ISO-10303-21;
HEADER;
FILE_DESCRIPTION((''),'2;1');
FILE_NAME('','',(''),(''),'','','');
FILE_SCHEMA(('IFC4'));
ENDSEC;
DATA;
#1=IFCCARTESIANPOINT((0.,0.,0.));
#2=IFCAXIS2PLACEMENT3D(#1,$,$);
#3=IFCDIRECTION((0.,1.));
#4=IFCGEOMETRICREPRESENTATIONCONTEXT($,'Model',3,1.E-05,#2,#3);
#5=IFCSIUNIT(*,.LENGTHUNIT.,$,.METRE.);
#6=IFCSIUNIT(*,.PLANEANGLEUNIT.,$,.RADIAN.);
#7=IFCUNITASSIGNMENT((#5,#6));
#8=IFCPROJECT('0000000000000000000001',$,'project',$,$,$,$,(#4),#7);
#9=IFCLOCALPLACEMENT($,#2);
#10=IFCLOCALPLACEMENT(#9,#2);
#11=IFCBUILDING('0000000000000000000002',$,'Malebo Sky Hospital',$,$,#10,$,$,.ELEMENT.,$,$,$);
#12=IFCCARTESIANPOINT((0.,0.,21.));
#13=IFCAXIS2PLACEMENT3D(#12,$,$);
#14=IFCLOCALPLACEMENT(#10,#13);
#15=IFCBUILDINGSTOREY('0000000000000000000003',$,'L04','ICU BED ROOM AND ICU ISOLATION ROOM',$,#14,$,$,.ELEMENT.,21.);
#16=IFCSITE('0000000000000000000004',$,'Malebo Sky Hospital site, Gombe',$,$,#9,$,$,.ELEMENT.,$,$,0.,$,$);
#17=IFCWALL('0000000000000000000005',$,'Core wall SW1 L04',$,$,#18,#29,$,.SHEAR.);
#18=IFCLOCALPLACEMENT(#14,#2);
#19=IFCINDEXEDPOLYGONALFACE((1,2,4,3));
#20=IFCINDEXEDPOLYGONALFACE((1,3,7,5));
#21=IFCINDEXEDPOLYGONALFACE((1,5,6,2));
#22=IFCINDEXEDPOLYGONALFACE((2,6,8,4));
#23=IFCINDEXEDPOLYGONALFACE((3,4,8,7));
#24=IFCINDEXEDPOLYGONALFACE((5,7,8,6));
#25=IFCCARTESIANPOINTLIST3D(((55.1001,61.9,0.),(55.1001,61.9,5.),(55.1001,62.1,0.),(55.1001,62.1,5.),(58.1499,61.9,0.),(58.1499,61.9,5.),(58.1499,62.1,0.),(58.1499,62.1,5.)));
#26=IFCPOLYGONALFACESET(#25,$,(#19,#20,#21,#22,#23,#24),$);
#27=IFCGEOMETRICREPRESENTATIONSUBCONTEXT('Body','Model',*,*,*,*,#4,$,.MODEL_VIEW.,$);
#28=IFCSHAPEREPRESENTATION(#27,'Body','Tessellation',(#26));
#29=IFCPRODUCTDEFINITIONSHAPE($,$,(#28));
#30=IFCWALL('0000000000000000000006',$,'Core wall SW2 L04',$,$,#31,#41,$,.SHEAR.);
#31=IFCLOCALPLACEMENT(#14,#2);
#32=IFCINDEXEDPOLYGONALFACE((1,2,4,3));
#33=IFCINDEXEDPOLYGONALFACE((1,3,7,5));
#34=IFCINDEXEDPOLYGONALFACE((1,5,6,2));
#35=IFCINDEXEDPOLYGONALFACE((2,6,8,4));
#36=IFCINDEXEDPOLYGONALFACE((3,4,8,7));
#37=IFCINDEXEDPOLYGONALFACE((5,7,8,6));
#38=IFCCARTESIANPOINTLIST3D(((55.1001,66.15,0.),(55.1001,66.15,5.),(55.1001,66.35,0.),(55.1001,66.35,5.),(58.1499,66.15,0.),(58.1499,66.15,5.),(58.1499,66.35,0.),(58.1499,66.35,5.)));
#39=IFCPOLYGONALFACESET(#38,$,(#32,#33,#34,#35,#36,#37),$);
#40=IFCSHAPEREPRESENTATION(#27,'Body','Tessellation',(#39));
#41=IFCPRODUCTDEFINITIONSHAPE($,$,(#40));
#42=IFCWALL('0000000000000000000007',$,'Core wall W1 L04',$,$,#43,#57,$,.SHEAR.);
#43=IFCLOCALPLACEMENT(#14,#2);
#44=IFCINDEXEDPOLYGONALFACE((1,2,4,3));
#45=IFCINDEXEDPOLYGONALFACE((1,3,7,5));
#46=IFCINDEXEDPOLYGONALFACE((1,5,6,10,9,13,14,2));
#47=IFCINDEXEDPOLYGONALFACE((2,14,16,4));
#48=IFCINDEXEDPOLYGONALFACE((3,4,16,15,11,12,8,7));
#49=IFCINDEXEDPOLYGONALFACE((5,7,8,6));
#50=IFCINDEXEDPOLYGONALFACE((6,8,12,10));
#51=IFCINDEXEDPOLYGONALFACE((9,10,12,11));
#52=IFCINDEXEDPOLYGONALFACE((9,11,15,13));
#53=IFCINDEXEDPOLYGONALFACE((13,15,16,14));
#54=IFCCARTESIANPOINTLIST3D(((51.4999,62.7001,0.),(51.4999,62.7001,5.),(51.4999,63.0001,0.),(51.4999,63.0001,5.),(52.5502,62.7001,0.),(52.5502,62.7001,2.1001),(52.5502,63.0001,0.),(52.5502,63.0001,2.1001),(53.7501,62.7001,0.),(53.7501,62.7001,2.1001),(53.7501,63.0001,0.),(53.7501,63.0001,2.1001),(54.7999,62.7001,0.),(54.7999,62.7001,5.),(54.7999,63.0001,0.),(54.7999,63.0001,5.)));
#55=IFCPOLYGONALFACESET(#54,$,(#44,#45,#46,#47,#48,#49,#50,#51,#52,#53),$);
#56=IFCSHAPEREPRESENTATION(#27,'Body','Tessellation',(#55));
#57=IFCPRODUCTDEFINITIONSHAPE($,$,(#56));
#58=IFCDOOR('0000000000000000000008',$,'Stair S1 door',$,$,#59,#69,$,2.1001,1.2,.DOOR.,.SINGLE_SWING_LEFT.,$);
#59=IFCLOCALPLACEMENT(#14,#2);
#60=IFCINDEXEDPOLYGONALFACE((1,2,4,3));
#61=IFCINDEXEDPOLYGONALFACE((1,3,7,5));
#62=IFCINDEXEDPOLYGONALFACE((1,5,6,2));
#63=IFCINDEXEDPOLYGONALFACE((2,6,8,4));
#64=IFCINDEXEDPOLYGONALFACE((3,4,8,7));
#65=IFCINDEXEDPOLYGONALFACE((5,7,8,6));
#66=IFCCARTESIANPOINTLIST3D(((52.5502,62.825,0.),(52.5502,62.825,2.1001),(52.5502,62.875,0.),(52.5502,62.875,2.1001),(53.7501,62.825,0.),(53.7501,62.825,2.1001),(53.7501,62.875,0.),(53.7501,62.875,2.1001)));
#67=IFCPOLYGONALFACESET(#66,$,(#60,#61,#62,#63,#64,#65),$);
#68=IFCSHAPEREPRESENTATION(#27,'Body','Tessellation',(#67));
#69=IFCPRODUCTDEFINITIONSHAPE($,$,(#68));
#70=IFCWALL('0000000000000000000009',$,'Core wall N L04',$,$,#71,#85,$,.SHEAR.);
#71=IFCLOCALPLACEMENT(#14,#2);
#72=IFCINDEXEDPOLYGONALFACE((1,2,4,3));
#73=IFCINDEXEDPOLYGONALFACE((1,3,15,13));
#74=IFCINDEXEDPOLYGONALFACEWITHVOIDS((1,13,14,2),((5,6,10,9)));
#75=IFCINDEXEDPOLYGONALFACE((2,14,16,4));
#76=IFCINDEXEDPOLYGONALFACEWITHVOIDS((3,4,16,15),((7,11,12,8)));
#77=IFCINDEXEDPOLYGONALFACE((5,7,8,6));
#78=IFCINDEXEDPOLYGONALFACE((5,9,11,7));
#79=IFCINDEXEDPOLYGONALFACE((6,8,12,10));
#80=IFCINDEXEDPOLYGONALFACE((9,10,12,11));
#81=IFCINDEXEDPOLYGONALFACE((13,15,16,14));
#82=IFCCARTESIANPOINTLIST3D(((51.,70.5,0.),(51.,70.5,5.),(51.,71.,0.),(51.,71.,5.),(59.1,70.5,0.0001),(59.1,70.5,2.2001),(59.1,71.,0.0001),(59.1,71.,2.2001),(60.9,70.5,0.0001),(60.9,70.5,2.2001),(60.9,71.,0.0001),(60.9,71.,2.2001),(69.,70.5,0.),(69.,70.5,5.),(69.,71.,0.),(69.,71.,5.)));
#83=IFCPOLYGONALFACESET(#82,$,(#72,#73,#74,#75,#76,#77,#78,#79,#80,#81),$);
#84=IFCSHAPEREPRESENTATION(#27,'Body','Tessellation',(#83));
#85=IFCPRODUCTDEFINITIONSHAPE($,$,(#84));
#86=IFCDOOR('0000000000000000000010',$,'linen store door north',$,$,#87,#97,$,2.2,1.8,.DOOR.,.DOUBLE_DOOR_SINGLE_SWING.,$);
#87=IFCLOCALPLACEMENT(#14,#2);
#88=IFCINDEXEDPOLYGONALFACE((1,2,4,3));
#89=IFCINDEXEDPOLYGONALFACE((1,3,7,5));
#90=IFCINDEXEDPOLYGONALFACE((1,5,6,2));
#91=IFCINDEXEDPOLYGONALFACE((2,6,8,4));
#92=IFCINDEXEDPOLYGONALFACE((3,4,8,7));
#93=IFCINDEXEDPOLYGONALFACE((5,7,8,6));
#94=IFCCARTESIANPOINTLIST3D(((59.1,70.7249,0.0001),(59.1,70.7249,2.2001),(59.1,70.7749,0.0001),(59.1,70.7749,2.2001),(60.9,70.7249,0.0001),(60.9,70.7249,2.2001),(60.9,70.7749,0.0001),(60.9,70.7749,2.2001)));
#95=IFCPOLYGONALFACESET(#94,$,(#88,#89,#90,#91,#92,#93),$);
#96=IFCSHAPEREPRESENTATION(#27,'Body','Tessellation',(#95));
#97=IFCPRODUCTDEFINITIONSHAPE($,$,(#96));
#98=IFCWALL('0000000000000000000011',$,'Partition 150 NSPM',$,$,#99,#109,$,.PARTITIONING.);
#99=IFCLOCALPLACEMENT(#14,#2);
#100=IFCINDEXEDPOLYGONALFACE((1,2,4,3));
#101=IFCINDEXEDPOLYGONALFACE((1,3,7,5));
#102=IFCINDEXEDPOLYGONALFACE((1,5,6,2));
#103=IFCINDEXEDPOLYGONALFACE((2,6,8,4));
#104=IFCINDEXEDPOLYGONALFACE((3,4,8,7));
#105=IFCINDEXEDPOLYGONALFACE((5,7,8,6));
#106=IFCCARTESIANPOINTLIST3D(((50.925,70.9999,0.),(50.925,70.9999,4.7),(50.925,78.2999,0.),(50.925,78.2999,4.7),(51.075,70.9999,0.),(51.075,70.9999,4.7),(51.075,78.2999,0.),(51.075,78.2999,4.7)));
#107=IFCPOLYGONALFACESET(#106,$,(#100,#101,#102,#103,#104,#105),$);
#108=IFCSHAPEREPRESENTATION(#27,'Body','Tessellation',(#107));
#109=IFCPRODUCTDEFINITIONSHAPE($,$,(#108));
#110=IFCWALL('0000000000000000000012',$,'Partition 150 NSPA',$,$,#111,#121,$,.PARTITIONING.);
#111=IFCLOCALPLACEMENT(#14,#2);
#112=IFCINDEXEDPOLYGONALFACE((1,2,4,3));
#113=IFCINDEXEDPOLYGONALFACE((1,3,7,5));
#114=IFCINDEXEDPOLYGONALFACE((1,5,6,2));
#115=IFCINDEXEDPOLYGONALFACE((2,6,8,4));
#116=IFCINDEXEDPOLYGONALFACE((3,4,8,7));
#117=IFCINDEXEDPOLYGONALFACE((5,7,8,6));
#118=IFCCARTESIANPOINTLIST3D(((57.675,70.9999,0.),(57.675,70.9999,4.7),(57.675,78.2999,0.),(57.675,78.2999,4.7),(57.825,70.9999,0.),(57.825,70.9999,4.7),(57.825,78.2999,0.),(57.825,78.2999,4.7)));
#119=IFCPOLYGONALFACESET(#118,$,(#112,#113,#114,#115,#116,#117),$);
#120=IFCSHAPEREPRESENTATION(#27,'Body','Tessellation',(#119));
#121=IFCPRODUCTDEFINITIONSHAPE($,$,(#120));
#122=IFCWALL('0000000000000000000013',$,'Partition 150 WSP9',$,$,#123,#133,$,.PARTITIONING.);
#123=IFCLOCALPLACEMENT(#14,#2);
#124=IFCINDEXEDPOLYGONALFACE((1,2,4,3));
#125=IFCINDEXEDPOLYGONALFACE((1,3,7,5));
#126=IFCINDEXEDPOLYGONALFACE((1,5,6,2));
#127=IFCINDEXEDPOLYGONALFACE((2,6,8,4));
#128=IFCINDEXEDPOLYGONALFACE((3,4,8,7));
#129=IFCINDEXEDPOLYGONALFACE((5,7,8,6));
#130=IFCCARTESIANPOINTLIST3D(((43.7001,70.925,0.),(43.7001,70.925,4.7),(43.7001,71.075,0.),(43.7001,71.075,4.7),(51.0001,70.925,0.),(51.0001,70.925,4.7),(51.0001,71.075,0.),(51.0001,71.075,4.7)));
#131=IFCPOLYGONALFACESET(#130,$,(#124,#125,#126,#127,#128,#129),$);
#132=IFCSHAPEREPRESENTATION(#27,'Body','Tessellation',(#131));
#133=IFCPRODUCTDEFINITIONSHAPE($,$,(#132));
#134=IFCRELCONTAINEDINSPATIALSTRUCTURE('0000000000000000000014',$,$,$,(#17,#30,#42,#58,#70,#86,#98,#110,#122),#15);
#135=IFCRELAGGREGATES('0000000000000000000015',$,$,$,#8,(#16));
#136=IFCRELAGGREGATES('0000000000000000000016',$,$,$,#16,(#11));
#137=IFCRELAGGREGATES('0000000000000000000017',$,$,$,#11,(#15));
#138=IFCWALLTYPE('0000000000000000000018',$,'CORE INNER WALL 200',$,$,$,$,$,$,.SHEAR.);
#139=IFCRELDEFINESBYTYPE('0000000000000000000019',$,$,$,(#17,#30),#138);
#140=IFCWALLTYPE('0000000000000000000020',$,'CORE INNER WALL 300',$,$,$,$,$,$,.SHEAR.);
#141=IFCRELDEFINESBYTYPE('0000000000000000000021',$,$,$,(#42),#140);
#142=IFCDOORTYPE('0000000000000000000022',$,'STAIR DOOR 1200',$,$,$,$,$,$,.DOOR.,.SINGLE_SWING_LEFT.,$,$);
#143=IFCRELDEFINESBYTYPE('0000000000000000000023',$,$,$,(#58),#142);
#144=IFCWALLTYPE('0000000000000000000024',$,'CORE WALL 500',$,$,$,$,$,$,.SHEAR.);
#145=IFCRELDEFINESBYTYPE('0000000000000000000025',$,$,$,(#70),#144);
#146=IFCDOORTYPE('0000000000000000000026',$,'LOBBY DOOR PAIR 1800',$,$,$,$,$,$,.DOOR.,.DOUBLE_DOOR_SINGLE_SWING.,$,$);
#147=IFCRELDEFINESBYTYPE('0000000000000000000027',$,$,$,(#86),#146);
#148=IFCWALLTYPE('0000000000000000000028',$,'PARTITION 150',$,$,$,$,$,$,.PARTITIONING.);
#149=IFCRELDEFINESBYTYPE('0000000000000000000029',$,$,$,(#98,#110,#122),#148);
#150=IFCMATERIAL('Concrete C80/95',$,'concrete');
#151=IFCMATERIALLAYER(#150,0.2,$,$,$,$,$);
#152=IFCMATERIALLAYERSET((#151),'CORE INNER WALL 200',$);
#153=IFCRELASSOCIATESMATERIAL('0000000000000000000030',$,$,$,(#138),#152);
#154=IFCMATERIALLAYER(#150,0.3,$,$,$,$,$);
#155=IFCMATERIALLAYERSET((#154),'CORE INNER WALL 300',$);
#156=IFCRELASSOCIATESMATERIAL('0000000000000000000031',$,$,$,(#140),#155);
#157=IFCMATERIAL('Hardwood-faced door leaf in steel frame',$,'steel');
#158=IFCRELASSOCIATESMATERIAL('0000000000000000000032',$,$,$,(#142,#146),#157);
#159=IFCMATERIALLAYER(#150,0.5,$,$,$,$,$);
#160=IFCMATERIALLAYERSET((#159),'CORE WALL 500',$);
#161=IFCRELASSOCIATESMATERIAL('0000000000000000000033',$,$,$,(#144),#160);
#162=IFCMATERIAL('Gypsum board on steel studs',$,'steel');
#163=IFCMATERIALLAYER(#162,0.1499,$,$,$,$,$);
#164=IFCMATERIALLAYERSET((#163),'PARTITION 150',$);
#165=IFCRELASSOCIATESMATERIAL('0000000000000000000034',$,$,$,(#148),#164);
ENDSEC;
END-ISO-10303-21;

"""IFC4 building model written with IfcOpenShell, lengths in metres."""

from ifc_helpers import new_model, si_unit, direction, frame, frame_2d, origin, place, context, subcontext, project, spatial, rectangle, extrude, material, layer, layer_set, type_object, element, fill, save


model = new_model("IFC4")

# Units and contexts
model_context = context("Model", 3, precision=1e-05, world=origin(), true_north=direction((0.0, 1.0)))
body_context = subcontext(model_context, "Body", "Model", "MODEL_VIEW")
ifc_project = project(units=[si_unit("LENGTHUNIT", "METRE"), si_unit("PLANEANGLEUNIT", "RADIAN")], contexts=[model_context])

# Site, building, storey
site_placement = place(None, origin())
site = spatial("IfcSite", under=ifc_project, at=site_placement, Name="Malebo Sky Hospital site, Gombe", CompositionType="ELEMENT", RefElevation=0.0)
building_placement = place(site_placement, origin())
building = spatial("IfcBuilding", under=site, at=building_placement, Name="Malebo Sky Hospital", CompositionType="ELEMENT")
storey_placement = place(building_placement, frame((0.0, 0.0, 21.0)))
storey = spatial("IfcBuildingStorey", under=building, at=storey_placement, Name="L04", Description="ICU BED ROOM AND ICU ISOLATION ROOM", CompositionType="ELEMENT", Elevation=21.0)

# Walls
ifc_material_1 = material(Name="Concrete C80/95", Category="concrete")
ifc_layer_1 = layer(ifc_material_1, 0.2)
ifc_layer_set_1 = layer_set([ifc_layer_1], Name="CORE INNER WALL 200")
wall_type_1 = type_object("IfcWallType", Name="CORE INNER WALL 200", PredefinedType="SHEAR", material=ifc_layer_set_1)
for number, where, z_axis, x_axis, name in (
    (1, (55.1001, 62.0, 0.0), (0.0, 0.0, 1.0), (1.0, 0.0, 0.0), "Core wall SW1 L04"),
    (2, (55.1001, 66.25, 0.0), (0.0, 0.0, 1.0), (1.0, 0.0, 0.0), "Core wall SW2 L04"),
):
    element("IfcWall", number, at=place(storey_placement, frame(where, z_axis=z_axis, x_axis=x_axis)), inside=storey, type_object=wall_type_1, Name=name, PredefinedType="SHEAR", context=body_context, shape_type="SweptSolid", body=[
        extrude(rectangle(XDim=3.0498, YDim=0.2, at=frame_2d((1.5249, 0.0))), origin(), (0.0, 0.0, 1.0), 5.0),
    ])

# Walls, openings, doors
ifc_layer_2 = layer(ifc_material_1, 0.3)
ifc_layer_set_2 = layer_set([ifc_layer_2], Name="CORE INNER WALL 300")
wall_type_2 = type_object("IfcWallType", Name="CORE INNER WALL 300", PredefinedType="SHEAR", material=ifc_layer_set_2)
wall_1_placement = place(storey_placement, frame((51.5, 62.8501, 0.0), z_axis=(0.0, 0.0, 1.0), x_axis=(1.0, 0.0, 0.0)))
wall_1 = element("IfcWall", 3, at=wall_1_placement, inside=storey, type_object=wall_type_2, Name="Core wall W1 L04", PredefinedType="SHEAR", context=body_context, shape_type="SweptSolid", body=[
    extrude(rectangle(XDim=3.3, YDim=0.3, at=frame_2d((1.6499, 0.0))), origin(), (0.0, 0.0, 1.0), 5.0),
])
opening_1_placement = place(wall_1_placement, frame((1.05, 0.0, 0.0)))
opening_1 = element("IfcOpeningElement", 4, at=opening_1_placement, cuts=wall_1, PredefinedType="OPENING", context=body_context, shape_type="SweptSolid", body=[
    extrude(rectangle(XDim=1.2, YDim=2.1001, at=frame_2d((0.6001, 1.05))), frame((0.0, 0.1599, 0.0), z_axis=(0.0, -1.0, 0.0), x_axis=(1.0, 0.0, 0.0)), (0.0, 0.0, 1.0), 0.3201),
])
ifc_material_2 = material(Name="Hardwood-faced door leaf in steel frame", Category="steel")
door_type_1 = type_object("IfcDoorType", Name="STAIR DOOR 1200", OperationType="SINGLE_SWING_LEFT", PredefinedType="DOOR", material=ifc_material_2)
door_1_placement = place(opening_1_placement, origin())
door_1 = element("IfcDoor", 5, at=door_1_placement, inside=storey, type_object=door_type_1, Name="Stair S1 door", OperationType="SINGLE_SWING_LEFT", OverallHeight=2.1001, OverallWidth=1.2, PredefinedType="DOOR", context=body_context, shape_type="SweptSolid", body=[
    extrude(rectangle(XDim=1.2, YDim=2.1001, at=frame_2d((0.6001, 1.05))), frame((0.0, 0.0249, 0.0), z_axis=(0.0, -1.0, 0.0), x_axis=(1.0, 0.0, 0.0)), (0.0, 0.0, 1.0), 0.05),
])
fill(opening_1, door_1)
ifc_layer_3 = layer(ifc_material_1, 0.5)
ifc_layer_set_3 = layer_set([ifc_layer_3], Name="CORE WALL 500")
wall_type_3 = type_object("IfcWallType", Name="CORE WALL 500", PredefinedType="SHEAR", material=ifc_layer_set_3)
wall_2_placement = place(storey_placement, frame((51.0, 70.75, 0.0), z_axis=(0.0, 0.0, 1.0), x_axis=(1.0, 0.0, 0.0)))
wall_2 = element("IfcWall", 6, at=wall_2_placement, inside=storey, type_object=wall_type_3, Name="Core wall N L04", PredefinedType="SHEAR", context=body_context, shape_type="SweptSolid", body=[
    extrude(rectangle(XDim=18.0, YDim=0.5, at=frame_2d((9.0, 0.0))), origin(), (0.0, 0.0, 1.0), 5.0),
])
opening_2_placement = place(wall_2_placement, frame((8.1001, 0.0, 0.0)))
opening_2 = element("IfcOpeningElement", 7, at=opening_2_placement, cuts=wall_2, PredefinedType="OPENING", context=body_context, shape_type="SweptSolid", body=[
    extrude(rectangle(XDim=1.8, YDim=2.2, at=frame_2d((0.8999, 1.1001))), frame((0.0, 0.26, 0.0), z_axis=(0.0, -1.0, 0.0), x_axis=(1.0, 0.0, 0.0)), (0.0, 0.0, 1.0), 0.52),
])
door_type_2 = type_object("IfcDoorType", Name="LOBBY DOOR PAIR 1800", OperationType="DOUBLE_DOOR_SINGLE_SWING", PredefinedType="DOOR", material=ifc_material_2)
door_2_placement = place(opening_2_placement, origin())
door_2 = element("IfcDoor", 8, at=door_2_placement, inside=storey, type_object=door_type_2, Name="linen store door north", OperationType="DOUBLE_DOOR_SINGLE_SWING", OverallHeight=2.2, OverallWidth=1.8, PredefinedType="DOOR", context=body_context, shape_type="SweptSolid", body=[
    extrude(rectangle(XDim=1.8, YDim=2.2, at=frame_2d((0.8999, 1.1001))), frame((0.0, 0.0249, 0.0), z_axis=(0.0, -1.0, 0.0), x_axis=(1.0, 0.0, 0.0)), (0.0, 0.0, 1.0), 0.05),
])
fill(opening_2, door_2)

# Walls
ifc_material_3 = material(Name="Gypsum board on steel studs", Category="steel")
ifc_layer_4 = layer(ifc_material_3, 0.1499)
ifc_layer_set_4 = layer_set([ifc_layer_4], Name="PARTITION 150")
wall_type_4 = type_object("IfcWallType", Name="PARTITION 150", PredefinedType="PARTITIONING", material=ifc_layer_set_4)
for number, where, z_axis, x_axis, name in (
    (9, (51.0, 71.0, 0.0), (0.0, 0.0, 1.0), (0.0, 1.0, 0.0), "Partition 150 NSPM"),
    (10, (57.75, 71.0, 0.0), (0.0, 0.0, 1.0), (0.0, 1.0, 0.0), "Partition 150 NSPA"),
    (11, (51.0, 71.0, 0.0), (0.0, 0.0, 1.0), (-1.0, 0.0, 0.0), "Partition 150 WSP9"),
):
    element("IfcWall", number, at=place(storey_placement, frame(where, z_axis=z_axis, x_axis=x_axis)), inside=storey, type_object=wall_type_4, Name=name, PredefinedType="PARTITIONING", context=body_context, shape_type="SweptSolid", body=[
        extrude(rectangle(XDim=7.3, YDim=0.1499, at=frame_2d((3.6499, 0.0))), origin(), (0.0, 0.0, 1.0), 4.7),
    ])

save(model, "model.ifc")
